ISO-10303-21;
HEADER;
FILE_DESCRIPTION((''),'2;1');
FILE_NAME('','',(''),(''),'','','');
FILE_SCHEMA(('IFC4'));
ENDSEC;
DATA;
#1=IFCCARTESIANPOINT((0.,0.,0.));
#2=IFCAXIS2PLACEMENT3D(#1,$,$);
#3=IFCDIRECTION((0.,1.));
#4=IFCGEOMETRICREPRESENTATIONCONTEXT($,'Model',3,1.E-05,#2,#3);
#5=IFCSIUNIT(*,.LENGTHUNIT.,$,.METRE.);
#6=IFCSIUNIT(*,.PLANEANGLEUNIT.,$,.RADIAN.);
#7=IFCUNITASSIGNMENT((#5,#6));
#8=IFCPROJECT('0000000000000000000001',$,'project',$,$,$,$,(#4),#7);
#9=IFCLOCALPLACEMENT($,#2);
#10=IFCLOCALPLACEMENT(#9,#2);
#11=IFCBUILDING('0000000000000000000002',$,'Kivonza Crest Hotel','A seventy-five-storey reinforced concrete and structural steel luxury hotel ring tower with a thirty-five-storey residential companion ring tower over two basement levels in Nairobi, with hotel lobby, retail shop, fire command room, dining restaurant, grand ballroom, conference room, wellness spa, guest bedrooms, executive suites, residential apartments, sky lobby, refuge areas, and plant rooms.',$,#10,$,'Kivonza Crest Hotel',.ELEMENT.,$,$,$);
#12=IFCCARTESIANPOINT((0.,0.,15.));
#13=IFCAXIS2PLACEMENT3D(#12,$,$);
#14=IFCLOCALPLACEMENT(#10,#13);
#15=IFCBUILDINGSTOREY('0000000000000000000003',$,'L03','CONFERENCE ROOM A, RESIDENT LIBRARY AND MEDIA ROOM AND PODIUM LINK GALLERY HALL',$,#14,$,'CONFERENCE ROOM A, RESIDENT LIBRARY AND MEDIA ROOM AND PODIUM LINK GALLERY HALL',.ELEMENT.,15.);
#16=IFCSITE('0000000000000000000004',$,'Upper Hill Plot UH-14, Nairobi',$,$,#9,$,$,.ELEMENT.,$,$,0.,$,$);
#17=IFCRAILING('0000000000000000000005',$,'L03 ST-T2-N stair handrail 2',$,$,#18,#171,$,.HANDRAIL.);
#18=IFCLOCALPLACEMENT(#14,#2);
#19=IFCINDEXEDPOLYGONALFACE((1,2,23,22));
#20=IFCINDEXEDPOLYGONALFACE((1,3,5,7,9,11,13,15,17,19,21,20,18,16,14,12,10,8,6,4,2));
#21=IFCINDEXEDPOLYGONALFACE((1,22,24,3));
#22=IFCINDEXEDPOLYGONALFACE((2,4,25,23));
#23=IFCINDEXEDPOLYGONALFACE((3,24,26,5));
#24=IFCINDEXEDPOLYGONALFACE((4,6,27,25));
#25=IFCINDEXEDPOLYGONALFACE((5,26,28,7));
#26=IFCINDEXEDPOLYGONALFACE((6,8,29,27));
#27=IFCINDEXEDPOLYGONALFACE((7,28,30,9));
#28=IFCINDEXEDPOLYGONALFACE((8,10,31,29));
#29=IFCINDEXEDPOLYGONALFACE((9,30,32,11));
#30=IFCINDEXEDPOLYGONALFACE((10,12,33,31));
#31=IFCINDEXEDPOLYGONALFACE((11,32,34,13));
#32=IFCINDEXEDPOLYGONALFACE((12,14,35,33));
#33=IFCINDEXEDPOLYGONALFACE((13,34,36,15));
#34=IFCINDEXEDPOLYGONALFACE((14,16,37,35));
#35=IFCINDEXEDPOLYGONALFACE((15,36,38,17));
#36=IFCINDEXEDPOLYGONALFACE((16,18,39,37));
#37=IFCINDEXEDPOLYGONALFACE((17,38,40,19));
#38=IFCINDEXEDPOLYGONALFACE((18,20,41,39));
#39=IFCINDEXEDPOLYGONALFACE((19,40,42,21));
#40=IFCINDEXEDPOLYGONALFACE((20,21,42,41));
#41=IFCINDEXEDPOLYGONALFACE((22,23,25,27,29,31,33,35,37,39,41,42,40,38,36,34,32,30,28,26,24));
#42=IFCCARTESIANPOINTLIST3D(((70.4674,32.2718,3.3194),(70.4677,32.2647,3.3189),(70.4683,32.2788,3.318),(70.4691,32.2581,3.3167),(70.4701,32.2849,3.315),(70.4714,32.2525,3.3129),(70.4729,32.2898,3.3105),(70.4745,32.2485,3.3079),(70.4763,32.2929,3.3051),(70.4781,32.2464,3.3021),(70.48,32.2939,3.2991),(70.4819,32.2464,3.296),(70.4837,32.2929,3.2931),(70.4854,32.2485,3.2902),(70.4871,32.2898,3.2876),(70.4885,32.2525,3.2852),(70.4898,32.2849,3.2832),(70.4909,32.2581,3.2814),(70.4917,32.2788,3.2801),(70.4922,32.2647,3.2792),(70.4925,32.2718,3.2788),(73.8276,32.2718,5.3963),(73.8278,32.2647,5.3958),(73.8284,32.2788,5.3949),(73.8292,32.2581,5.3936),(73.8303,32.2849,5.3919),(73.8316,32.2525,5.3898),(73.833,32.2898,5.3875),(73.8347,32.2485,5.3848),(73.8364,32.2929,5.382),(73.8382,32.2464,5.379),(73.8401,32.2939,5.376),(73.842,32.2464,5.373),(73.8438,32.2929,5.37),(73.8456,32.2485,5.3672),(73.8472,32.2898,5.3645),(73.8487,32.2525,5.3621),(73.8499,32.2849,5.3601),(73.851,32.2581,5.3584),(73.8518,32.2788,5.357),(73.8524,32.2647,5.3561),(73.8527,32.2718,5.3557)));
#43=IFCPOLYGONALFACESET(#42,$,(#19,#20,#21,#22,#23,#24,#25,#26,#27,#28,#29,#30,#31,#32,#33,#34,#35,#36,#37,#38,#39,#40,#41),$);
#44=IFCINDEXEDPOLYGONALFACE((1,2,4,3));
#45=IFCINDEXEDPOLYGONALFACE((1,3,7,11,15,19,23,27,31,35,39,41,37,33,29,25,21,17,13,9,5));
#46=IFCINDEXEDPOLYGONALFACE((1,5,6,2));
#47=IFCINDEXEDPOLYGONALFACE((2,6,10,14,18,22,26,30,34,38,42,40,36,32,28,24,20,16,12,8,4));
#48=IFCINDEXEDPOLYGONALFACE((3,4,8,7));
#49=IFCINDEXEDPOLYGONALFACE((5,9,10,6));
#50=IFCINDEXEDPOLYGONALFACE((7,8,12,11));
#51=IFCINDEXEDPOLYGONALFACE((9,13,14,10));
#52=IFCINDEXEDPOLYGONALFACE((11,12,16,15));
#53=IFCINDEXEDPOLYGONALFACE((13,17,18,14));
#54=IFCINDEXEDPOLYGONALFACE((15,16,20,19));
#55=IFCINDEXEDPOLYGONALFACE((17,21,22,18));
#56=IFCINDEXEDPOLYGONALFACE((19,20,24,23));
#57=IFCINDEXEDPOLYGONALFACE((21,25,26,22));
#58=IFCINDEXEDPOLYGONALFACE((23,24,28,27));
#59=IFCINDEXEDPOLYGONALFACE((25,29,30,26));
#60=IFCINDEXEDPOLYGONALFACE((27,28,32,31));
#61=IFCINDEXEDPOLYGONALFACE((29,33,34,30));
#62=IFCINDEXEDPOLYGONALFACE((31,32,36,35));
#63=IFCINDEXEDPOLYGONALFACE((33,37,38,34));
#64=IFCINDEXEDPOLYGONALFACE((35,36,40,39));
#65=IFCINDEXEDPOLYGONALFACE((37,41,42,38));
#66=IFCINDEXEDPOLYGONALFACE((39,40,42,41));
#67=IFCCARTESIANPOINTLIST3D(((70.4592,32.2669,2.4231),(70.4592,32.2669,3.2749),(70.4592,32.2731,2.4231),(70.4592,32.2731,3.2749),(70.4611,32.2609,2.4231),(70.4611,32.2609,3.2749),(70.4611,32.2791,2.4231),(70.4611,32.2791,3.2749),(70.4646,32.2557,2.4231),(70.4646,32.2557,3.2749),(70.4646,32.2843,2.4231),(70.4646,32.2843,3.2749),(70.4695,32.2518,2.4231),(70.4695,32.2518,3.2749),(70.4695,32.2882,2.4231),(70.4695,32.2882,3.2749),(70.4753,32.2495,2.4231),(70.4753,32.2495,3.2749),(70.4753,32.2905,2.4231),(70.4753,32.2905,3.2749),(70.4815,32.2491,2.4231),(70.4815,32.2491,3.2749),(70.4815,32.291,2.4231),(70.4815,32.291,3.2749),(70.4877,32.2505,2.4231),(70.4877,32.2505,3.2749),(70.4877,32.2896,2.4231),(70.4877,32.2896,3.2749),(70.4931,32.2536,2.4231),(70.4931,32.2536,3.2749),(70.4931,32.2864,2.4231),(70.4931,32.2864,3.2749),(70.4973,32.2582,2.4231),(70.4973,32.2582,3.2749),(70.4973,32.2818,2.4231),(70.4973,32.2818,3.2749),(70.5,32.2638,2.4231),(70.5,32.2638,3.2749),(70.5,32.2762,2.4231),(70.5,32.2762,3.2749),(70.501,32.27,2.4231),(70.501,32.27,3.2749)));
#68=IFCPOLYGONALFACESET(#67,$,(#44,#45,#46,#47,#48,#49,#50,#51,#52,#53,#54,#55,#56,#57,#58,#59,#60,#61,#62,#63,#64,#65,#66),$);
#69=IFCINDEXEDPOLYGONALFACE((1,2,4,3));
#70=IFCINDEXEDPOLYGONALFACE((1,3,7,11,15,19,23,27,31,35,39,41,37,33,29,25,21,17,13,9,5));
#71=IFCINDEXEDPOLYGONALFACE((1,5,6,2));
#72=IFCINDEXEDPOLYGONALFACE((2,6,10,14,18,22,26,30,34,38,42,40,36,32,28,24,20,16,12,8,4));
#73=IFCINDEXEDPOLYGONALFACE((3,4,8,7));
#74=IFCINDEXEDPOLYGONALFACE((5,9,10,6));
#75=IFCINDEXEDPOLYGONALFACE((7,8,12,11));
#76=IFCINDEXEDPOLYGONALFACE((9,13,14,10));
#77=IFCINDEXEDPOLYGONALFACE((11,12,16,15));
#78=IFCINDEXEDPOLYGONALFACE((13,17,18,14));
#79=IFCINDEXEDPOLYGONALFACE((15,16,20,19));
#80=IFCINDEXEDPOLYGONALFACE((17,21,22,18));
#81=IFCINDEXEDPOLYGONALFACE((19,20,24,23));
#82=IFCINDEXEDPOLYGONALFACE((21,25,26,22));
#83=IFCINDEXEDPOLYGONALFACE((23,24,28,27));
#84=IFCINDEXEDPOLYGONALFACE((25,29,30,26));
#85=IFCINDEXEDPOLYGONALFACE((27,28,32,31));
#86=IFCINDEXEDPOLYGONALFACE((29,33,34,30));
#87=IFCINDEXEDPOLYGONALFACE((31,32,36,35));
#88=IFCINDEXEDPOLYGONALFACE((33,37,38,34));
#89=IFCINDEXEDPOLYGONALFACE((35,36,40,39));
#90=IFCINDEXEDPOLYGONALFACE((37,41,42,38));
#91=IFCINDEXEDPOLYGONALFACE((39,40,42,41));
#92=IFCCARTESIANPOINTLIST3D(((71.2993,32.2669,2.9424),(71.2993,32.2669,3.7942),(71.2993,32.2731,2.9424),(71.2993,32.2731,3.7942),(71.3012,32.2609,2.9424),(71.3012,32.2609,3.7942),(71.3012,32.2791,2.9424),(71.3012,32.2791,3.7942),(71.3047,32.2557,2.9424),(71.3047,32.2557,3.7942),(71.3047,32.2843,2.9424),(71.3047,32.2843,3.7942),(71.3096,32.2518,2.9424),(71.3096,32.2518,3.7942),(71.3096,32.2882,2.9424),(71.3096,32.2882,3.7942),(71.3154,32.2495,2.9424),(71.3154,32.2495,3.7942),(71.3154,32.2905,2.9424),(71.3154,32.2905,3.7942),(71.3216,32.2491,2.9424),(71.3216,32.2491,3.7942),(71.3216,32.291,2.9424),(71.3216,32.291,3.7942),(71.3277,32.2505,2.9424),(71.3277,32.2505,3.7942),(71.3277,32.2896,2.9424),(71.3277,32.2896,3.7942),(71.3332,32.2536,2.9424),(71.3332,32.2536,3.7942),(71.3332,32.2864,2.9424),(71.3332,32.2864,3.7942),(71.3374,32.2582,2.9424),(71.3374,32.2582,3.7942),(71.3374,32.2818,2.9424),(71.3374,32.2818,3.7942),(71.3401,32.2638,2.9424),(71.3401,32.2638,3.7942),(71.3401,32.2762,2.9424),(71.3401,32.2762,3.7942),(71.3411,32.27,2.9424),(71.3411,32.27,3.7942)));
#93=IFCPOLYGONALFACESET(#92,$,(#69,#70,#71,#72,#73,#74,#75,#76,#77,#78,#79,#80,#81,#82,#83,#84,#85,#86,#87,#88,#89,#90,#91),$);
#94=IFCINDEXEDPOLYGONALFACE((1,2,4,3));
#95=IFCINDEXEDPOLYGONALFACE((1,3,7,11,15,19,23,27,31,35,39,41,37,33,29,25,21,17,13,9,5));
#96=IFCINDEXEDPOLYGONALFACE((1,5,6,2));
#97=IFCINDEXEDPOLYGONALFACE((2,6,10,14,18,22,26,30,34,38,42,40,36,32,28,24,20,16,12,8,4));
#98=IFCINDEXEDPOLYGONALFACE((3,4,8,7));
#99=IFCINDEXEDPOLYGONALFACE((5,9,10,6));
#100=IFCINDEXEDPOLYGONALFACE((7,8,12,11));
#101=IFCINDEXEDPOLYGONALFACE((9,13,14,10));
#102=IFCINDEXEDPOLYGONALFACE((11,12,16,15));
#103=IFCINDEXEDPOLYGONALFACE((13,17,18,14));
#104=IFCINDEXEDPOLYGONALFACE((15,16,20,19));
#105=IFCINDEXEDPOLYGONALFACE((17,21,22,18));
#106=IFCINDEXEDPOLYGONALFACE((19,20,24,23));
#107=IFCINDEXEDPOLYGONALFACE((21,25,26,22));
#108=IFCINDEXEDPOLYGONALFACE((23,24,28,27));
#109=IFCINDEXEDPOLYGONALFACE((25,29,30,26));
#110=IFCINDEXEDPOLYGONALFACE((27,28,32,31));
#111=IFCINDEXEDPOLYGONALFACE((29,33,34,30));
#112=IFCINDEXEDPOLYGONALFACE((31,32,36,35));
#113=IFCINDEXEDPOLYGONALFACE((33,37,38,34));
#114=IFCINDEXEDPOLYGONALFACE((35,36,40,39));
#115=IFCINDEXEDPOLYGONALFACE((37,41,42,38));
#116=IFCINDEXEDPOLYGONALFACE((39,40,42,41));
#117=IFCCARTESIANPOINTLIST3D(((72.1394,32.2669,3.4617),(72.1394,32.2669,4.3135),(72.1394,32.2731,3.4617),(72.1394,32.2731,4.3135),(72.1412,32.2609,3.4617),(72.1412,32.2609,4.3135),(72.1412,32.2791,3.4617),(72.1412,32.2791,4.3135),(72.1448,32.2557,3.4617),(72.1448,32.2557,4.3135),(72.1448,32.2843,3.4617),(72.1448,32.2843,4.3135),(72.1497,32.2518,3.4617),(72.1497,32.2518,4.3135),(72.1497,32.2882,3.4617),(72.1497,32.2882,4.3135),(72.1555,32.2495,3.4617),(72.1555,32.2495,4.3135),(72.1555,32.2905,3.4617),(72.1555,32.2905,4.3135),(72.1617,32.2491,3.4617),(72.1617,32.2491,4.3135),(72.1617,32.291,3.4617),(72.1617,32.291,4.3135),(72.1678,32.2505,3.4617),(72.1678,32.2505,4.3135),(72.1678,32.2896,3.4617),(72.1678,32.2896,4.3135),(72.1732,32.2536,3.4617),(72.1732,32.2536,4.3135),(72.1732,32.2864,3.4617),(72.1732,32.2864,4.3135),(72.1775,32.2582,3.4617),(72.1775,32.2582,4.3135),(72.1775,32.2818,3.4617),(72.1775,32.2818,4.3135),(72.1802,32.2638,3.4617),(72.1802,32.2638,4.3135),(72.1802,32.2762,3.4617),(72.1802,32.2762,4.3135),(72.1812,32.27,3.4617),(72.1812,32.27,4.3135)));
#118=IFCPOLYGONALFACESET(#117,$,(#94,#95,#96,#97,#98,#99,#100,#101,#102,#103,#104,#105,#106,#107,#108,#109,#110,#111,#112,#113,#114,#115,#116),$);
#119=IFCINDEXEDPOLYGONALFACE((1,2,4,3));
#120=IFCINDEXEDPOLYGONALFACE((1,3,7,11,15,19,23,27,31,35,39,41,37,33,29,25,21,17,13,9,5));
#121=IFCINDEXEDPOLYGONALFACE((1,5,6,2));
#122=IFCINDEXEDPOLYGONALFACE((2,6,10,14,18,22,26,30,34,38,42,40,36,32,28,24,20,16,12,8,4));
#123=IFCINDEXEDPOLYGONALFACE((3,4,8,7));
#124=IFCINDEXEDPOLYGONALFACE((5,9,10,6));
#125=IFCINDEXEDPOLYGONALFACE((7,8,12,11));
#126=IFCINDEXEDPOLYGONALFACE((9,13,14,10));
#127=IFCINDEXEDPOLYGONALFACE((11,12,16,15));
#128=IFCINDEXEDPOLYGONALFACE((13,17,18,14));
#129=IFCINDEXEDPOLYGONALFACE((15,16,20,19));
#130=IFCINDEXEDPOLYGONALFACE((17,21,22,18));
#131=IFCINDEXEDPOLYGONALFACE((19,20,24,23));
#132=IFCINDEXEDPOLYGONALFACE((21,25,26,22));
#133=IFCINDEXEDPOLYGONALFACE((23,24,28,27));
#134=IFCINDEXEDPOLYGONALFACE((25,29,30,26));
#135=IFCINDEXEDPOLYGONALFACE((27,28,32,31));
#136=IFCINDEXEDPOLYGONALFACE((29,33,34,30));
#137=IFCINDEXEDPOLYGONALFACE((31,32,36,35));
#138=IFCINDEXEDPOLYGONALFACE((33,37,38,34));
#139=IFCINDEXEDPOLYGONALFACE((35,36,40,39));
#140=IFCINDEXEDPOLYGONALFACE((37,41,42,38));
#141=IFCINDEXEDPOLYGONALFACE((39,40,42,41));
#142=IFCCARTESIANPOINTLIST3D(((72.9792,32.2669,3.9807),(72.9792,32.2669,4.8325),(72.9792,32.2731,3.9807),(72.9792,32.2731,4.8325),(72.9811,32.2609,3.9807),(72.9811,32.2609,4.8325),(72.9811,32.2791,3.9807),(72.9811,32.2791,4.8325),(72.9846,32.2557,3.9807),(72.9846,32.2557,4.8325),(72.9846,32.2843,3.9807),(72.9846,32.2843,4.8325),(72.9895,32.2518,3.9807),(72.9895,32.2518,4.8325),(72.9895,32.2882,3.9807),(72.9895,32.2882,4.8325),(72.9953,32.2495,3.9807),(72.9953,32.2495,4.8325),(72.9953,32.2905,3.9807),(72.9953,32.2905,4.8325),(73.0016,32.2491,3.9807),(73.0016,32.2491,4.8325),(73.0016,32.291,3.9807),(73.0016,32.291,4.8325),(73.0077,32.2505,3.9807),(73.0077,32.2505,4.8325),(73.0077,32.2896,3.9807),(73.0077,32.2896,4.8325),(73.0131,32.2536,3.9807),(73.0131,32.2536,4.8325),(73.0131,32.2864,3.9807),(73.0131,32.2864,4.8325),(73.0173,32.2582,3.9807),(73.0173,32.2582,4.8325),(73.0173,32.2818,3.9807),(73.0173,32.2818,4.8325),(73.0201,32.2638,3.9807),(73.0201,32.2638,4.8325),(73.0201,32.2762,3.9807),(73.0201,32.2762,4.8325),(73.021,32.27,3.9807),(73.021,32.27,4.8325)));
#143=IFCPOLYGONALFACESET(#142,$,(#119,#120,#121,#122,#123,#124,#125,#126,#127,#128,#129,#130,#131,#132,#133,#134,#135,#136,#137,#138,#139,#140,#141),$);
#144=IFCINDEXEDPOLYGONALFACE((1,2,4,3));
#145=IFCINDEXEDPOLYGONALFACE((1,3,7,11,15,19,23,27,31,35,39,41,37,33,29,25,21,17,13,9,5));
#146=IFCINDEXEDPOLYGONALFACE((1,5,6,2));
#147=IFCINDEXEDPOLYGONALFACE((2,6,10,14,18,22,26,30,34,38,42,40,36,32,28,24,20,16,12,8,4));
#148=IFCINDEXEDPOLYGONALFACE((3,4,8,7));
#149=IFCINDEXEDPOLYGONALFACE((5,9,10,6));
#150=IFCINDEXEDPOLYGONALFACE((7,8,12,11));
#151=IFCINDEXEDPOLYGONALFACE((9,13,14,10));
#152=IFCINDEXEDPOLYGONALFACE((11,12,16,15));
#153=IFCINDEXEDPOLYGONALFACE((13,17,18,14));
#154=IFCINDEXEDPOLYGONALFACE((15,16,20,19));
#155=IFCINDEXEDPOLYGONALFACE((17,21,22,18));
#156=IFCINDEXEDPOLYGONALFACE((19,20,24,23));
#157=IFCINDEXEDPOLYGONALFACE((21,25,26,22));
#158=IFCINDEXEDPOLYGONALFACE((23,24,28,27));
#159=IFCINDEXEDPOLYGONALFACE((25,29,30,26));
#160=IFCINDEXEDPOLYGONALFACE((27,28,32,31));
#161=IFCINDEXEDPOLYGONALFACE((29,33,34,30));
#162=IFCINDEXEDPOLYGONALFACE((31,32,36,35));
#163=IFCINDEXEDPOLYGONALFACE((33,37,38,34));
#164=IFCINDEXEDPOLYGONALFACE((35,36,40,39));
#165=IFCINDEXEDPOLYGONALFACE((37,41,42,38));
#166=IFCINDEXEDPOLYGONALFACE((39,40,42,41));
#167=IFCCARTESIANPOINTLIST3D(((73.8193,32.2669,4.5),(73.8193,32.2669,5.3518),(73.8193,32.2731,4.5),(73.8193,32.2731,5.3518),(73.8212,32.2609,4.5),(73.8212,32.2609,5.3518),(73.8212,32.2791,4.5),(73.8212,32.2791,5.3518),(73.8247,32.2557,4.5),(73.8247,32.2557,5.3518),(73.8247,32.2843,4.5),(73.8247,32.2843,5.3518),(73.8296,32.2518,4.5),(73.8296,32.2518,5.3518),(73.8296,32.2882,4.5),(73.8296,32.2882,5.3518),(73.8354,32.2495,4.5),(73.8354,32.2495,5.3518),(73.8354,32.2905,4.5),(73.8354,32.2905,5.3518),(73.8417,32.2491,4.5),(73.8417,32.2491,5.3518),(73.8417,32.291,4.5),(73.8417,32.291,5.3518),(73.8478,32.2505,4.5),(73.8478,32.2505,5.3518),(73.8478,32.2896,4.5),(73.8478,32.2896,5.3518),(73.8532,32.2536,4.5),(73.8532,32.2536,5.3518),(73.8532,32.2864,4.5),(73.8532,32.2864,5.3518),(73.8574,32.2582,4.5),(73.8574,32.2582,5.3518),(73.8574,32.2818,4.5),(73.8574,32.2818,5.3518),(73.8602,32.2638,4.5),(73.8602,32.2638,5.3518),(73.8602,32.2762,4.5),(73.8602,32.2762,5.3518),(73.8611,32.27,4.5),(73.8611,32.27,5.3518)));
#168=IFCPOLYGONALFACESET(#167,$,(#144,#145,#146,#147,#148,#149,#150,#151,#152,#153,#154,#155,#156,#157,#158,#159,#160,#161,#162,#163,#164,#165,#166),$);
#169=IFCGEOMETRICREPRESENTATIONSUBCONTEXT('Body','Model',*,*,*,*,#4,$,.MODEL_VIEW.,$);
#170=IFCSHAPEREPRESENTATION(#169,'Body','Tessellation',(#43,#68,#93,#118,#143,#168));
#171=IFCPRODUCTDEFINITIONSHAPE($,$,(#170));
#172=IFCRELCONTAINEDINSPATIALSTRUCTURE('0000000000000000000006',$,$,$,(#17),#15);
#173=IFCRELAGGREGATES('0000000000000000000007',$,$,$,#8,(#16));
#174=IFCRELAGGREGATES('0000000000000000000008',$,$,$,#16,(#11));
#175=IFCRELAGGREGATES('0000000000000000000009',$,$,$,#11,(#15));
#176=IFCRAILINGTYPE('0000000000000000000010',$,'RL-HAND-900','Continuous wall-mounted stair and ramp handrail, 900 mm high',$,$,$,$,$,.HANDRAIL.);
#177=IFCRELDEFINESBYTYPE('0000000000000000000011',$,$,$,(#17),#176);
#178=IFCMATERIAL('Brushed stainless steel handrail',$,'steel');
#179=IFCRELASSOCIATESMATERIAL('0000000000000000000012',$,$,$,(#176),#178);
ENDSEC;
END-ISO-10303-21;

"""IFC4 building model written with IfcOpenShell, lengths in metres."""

from ifc_helpers import new_model, si_unit, direction, frame, origin, origin_2d, place, context, subcontext, project, spatial, circle, extrude, material, type_object, element, save


model = new_model("IFC4")

# Units and contexts
model_context = context("Model", 3, precision=1e-05, world=origin(), true_north=direction((0.0, 1.0)))
body_context = subcontext(model_context, "Body", "Model", "MODEL_VIEW")
ifc_project = project(units=[si_unit("LENGTHUNIT", "METRE"), si_unit("PLANEANGLEUNIT", "RADIAN")], contexts=[model_context])

# Site, building, storey
site_placement = place(None, origin())
site = spatial("IfcSite", under=ifc_project, at=site_placement, Name="Upper Hill Plot UH-14, Nairobi", CompositionType="ELEMENT", RefElevation=0.0)
building_placement = place(site_placement, origin())
building = spatial("IfcBuilding", under=site, at=building_placement, Name="Kivonza Crest Hotel", Description="A seventy-five-storey reinforced concrete and structural steel luxury hotel ring tower with a thirty-five-storey residential companion ring tower over two basement levels in Nairobi, with hotel lobby, retail shop, fire command room, dining restaurant, grand ballroom, conference room, wellness spa, guest bedrooms, executive suites, residential apartments, sky lobby, refuge areas, and plant rooms.", LongName="Kivonza Crest Hotel", CompositionType="ELEMENT")
storey_placement = place(building_placement, frame((0.0, 0.0, 15.0)))
storey = spatial("IfcBuildingStorey", under=building, at=storey_placement, Name="L03", Description="CONFERENCE ROOM A, RESIDENT LIBRARY AND MEDIA ROOM AND PODIUM LINK GALLERY HALL", LongName="CONFERENCE ROOM A, RESIDENT LIBRARY AND MEDIA ROOM AND PODIUM LINK GALLERY HALL", CompositionType="ELEMENT", Elevation=15.0)

# Railing
ifc_material_1 = material(Name="Brushed stainless steel handrail", Category="steel")
railing_type_1 = type_object("IfcRailingType", Name="RL-HAND-900", Description="Continuous wall-mounted stair and ramp handrail, 900 mm high", PredefinedType="HANDRAIL", material=ifc_material_1)
railing_1_placement = place(storey_placement, frame((70.48, 32.27, 2.4231)))
element("IfcRailing", 1, at=railing_1_placement, inside=storey, type_object=railing_type_1, Name="L03 ST-T2-N stair handrail 2", PredefinedType="HANDRAIL", context=body_context, shape_type="SweptSolid", body=[
    extrude(circle(Radius=0.0239, at=origin_2d()), frame((0.0, 0.0, 0.876), z_axis=(0.850623, 0.0, 0.525776), x_axis=(0.0, 1.0, 0.0)), (0.0, 0.0, 1.0), 3.9502),
    extrude(circle(Radius=0.021, at=origin_2d()), origin(), (0.0, 0.0, 1.0), 0.8518),
    extrude(circle(Radius=0.021, at=origin_2d()), frame((0.8401, 0.0, 0.5193)), (0.0, 0.0, 1.0), 0.8518),
    extrude(circle(Radius=0.021, at=origin_2d()), frame((1.6802, 0.0, 1.0386)), (0.0, 0.0, 1.0), 0.8518),
    extrude(circle(Radius=0.021, at=origin_2d()), frame((2.52, 0.0, 1.5576)), (0.0, 0.0, 1.0), 0.8518),
    extrude(circle(Radius=0.021, at=origin_2d()), frame((3.3601, 0.0, 2.0769)), (0.0, 0.0, 1.0), 0.8518),
])

save(model, "model.ifc")
